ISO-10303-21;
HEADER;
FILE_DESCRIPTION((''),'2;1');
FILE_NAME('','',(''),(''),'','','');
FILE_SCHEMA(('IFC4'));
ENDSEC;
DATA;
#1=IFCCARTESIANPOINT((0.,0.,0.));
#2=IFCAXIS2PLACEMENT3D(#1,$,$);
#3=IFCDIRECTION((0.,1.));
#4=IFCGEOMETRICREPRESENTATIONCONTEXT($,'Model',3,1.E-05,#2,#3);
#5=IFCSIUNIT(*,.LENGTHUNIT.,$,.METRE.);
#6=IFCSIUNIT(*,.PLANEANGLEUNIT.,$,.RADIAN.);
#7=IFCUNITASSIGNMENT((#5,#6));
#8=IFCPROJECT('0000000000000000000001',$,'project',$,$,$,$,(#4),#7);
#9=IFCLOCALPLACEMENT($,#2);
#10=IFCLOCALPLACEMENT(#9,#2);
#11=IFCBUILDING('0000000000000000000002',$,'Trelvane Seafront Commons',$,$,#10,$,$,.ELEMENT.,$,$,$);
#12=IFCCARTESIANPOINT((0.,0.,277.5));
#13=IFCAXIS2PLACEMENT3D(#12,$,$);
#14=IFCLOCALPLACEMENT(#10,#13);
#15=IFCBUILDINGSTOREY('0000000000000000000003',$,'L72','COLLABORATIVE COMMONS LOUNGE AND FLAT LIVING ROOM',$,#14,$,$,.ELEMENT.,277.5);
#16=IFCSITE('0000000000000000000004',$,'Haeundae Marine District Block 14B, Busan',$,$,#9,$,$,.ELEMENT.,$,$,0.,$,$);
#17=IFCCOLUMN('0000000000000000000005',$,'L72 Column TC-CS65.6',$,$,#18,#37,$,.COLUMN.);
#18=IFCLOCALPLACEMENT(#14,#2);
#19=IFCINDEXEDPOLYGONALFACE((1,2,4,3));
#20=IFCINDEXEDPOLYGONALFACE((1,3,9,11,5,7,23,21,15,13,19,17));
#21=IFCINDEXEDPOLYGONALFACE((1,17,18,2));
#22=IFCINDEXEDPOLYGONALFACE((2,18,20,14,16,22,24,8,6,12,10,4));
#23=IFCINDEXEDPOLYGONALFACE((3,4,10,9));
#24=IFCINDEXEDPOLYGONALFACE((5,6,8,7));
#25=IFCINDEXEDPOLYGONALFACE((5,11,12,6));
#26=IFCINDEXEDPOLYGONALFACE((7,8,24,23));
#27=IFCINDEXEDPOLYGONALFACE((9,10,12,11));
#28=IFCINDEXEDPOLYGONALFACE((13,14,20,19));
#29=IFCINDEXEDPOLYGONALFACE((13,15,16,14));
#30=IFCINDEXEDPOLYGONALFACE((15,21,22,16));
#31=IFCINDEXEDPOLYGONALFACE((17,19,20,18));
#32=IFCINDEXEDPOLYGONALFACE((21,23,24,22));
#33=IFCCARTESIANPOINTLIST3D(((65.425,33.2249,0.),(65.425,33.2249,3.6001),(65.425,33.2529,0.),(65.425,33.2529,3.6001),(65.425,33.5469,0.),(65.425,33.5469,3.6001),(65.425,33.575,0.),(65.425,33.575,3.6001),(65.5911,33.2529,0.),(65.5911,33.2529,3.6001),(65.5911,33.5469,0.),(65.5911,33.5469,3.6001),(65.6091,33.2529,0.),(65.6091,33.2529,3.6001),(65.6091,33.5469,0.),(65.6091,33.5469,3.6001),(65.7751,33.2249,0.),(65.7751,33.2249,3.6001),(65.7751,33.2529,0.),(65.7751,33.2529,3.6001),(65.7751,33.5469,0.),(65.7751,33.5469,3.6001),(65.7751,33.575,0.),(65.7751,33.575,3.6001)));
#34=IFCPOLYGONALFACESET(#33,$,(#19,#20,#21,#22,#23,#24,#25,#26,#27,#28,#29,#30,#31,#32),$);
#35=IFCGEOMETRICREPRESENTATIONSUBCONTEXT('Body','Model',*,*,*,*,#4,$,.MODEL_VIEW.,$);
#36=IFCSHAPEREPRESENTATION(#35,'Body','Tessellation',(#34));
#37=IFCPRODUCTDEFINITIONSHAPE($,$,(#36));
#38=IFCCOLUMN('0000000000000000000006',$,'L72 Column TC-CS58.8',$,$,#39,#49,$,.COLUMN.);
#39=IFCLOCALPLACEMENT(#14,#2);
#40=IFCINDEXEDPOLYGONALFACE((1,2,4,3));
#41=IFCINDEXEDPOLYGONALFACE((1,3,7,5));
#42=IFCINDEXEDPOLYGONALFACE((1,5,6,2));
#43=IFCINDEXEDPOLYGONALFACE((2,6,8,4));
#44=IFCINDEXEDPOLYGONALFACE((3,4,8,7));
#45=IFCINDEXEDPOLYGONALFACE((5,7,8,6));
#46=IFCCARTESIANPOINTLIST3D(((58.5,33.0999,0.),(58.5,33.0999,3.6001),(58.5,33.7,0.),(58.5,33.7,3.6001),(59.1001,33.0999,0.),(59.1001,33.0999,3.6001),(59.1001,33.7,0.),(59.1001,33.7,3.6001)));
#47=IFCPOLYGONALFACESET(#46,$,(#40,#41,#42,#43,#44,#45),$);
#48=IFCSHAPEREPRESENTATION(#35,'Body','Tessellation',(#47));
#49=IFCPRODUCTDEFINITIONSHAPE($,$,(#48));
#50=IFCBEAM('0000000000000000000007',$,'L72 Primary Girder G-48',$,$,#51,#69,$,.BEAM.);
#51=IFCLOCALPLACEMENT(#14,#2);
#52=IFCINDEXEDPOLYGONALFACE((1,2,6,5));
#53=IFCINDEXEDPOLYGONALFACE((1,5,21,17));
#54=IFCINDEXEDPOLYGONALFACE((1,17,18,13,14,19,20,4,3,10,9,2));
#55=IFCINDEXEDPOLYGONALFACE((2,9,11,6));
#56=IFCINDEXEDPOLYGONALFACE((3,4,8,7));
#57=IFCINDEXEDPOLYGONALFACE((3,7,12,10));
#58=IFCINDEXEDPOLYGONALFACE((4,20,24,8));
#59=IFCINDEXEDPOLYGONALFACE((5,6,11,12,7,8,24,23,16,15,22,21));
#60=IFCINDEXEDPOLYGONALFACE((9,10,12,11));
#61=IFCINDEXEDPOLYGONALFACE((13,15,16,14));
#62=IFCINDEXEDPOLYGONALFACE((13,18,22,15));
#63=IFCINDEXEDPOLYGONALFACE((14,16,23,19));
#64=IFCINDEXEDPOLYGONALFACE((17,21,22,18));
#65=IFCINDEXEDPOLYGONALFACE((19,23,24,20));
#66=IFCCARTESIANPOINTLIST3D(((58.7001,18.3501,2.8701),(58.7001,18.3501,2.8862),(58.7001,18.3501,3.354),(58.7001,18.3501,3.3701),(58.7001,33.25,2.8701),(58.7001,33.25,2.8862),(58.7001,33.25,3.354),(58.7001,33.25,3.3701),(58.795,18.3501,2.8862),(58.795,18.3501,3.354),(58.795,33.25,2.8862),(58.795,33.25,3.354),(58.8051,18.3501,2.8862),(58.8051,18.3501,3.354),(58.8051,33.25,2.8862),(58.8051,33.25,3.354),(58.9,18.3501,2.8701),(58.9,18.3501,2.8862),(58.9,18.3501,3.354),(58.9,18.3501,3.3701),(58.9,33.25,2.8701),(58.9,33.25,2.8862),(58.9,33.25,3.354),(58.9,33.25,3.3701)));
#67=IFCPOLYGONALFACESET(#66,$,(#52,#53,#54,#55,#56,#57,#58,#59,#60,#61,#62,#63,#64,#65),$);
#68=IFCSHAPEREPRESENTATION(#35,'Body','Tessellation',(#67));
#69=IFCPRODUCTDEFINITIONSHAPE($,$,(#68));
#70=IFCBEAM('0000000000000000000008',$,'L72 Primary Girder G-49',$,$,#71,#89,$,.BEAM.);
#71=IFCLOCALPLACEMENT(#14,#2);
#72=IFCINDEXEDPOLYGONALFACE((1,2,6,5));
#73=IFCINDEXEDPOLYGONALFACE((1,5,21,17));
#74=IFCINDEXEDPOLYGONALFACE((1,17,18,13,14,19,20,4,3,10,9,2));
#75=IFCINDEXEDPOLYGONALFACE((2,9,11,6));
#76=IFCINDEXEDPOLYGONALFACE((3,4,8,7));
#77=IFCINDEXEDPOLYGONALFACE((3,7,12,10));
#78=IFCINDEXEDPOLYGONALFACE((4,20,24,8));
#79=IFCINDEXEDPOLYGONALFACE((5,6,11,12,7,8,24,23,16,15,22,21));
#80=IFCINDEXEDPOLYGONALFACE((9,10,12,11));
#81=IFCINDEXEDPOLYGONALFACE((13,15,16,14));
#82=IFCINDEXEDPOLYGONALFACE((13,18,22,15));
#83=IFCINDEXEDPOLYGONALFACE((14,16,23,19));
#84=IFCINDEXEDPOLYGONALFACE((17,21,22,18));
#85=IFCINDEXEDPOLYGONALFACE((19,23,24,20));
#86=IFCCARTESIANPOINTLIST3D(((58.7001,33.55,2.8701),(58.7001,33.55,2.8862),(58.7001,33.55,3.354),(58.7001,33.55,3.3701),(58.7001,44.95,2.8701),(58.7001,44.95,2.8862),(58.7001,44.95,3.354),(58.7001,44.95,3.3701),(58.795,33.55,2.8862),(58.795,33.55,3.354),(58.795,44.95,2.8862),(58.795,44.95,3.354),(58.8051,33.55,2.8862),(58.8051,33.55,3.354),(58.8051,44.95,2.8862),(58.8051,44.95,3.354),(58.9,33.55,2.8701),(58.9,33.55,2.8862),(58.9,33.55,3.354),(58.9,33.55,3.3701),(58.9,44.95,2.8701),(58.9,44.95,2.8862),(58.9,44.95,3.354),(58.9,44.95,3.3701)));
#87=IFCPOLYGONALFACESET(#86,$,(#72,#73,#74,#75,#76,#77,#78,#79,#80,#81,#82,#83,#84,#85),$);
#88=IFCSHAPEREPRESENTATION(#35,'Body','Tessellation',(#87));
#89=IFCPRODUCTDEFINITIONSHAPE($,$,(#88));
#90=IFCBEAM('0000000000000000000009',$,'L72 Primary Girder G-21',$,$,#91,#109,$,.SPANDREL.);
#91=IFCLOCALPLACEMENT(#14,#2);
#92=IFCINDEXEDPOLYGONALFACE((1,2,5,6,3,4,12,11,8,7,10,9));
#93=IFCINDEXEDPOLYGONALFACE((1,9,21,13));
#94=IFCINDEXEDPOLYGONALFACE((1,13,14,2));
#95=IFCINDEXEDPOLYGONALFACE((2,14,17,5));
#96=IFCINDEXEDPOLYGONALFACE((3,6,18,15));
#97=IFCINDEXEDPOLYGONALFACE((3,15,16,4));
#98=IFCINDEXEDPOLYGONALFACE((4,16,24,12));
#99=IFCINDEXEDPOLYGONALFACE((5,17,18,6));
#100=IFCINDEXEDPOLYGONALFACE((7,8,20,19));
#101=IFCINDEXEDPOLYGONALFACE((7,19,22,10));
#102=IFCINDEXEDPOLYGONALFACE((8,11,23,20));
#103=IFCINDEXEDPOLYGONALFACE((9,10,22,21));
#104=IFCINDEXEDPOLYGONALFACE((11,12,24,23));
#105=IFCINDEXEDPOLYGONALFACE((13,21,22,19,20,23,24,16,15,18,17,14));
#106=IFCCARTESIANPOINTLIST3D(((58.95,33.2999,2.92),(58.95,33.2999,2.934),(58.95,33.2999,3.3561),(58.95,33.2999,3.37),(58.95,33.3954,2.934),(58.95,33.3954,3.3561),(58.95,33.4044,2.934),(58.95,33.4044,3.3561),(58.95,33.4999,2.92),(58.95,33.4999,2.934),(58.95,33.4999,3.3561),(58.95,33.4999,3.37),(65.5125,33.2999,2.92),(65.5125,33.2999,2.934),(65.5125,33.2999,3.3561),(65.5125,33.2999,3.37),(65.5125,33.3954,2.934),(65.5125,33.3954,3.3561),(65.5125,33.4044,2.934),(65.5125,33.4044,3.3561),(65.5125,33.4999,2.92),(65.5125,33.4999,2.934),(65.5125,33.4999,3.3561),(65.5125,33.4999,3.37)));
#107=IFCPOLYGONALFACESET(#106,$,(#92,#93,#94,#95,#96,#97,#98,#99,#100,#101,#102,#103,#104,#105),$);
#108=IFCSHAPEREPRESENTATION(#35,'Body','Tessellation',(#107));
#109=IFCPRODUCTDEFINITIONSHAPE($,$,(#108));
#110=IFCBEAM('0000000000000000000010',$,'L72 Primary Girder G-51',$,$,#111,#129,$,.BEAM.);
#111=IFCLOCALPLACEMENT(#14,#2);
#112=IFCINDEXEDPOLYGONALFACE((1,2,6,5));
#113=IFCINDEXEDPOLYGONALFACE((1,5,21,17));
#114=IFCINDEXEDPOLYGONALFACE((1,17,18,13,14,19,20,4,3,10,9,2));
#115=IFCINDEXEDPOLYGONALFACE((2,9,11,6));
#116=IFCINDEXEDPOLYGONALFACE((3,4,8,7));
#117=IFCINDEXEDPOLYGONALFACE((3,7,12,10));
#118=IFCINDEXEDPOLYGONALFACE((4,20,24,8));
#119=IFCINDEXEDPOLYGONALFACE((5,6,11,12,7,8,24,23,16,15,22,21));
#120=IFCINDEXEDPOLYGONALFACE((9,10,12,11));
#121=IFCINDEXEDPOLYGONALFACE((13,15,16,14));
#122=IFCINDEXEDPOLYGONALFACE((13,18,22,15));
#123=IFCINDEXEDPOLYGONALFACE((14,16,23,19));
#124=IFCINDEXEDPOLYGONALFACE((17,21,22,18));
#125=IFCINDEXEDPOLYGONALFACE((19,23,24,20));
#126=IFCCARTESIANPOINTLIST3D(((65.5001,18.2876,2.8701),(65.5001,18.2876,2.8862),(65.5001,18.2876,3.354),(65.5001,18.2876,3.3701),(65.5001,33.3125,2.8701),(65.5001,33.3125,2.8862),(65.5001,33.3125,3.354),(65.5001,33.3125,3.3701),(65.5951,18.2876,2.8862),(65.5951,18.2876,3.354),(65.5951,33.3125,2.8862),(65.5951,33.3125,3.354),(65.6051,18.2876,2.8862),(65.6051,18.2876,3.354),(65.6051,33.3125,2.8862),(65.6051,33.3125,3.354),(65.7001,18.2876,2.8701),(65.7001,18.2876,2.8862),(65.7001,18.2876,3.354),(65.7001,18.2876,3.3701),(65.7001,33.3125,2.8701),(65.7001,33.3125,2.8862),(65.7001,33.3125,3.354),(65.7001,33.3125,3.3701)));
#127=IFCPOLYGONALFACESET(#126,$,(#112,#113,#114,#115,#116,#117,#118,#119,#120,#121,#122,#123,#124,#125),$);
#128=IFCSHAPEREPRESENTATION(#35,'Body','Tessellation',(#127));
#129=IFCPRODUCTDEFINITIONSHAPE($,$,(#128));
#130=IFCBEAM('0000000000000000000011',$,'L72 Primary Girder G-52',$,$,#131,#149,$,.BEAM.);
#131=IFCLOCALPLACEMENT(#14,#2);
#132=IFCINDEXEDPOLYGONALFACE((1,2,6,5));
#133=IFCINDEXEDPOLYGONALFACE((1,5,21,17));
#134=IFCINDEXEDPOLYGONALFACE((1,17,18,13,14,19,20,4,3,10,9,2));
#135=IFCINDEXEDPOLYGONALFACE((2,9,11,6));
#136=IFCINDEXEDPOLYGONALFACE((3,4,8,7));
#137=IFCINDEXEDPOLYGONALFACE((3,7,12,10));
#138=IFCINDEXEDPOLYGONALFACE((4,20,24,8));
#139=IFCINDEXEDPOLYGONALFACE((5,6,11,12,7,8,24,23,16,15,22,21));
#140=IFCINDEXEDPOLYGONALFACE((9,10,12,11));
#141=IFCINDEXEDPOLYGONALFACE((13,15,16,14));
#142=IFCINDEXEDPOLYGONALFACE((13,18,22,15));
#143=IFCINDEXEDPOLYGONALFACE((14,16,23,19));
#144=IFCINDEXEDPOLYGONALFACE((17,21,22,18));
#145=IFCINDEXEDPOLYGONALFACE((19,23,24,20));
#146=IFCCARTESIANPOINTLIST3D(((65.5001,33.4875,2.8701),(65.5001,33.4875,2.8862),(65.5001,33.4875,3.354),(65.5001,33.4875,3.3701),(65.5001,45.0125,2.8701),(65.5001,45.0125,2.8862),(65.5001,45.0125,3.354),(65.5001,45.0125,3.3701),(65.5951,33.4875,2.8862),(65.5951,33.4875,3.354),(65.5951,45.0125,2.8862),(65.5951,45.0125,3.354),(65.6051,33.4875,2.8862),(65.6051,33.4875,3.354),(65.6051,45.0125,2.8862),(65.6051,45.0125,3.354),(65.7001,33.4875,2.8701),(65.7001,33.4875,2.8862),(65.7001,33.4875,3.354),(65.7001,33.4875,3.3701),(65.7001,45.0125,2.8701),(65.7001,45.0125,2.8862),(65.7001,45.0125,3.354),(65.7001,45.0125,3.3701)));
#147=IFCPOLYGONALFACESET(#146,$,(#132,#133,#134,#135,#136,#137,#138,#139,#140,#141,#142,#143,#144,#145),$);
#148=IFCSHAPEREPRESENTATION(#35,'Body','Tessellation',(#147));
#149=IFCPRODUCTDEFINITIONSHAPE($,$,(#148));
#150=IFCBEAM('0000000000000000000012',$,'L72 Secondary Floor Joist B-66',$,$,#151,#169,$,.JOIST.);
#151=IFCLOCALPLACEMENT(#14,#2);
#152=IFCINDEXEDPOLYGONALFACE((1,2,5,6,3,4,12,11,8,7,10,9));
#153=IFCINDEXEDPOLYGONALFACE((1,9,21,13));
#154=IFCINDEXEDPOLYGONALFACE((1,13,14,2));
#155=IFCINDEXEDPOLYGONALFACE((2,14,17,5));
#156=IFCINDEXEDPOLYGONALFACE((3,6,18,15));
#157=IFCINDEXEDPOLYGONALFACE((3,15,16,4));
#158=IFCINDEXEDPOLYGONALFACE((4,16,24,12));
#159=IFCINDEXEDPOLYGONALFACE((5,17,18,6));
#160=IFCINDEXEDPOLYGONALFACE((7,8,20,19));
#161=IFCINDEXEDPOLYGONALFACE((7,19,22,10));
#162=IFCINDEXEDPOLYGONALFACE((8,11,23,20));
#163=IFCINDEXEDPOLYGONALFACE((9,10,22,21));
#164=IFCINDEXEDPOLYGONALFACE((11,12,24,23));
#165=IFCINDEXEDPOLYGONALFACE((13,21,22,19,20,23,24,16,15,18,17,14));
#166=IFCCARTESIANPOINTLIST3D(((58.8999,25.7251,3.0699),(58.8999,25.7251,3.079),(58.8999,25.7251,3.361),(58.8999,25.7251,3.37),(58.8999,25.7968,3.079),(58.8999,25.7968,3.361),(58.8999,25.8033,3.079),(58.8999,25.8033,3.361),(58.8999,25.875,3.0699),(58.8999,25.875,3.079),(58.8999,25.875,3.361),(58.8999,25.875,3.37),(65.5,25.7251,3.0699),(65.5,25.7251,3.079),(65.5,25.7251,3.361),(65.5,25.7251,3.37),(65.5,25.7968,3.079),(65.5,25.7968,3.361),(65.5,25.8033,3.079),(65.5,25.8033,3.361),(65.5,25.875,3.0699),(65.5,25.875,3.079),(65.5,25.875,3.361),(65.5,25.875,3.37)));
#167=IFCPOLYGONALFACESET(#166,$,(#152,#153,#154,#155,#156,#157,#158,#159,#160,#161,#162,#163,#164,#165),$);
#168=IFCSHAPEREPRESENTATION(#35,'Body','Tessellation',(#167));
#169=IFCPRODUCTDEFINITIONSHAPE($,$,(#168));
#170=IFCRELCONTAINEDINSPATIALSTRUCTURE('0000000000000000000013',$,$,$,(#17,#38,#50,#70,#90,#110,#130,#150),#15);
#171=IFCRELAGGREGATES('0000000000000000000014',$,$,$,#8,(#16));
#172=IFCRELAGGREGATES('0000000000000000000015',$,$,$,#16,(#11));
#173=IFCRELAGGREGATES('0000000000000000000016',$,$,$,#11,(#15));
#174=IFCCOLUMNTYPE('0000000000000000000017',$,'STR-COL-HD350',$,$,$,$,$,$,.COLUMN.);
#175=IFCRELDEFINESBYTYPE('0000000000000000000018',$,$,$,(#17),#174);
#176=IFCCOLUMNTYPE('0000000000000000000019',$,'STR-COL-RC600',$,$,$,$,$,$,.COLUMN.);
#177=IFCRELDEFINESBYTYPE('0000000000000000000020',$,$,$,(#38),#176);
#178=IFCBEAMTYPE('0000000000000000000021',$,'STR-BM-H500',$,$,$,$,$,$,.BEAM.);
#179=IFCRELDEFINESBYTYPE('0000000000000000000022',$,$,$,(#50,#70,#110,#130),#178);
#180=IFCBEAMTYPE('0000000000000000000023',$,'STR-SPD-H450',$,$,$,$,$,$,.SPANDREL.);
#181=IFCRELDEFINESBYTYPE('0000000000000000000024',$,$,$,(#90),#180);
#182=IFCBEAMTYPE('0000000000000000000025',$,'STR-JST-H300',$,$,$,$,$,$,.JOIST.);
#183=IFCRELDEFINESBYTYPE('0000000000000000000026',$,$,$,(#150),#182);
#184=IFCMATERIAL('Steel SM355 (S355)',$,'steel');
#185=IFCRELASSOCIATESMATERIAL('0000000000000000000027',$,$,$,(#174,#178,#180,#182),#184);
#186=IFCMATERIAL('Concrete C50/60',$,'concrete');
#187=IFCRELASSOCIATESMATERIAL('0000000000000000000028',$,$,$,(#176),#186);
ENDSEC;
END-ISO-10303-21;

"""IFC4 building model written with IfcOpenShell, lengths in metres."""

from ifc_helpers import new_model, si_unit, direction, frame, origin, origin_2d, place, context, subcontext, project, spatial, rectangle, i_section, extrude, source, transform, mapped, material, material_profile, profile_set, type_object, element, save


model = new_model("IFC4")

# Units and contexts
model_context = context("Model", 3, precision=1e-05, world=origin(), true_north=direction((0.0, 1.0)))
body_context = subcontext(model_context, "Body", "Model", "MODEL_VIEW")
ifc_project = project(units=[si_unit("LENGTHUNIT", "METRE"), si_unit("PLANEANGLEUNIT", "RADIAN")], contexts=[model_context])

# Site, building, storey
site_placement = place(None, origin())
site = spatial("IfcSite", under=ifc_project, at=site_placement, Name="Haeundae Marine District Block 14B, Busan", CompositionType="ELEMENT", RefElevation=0.0)
building_placement = place(site_placement, origin())
building = spatial("IfcBuilding", under=site, at=building_placement, Name="Trelvane Seafront Commons", CompositionType="ELEMENT")
storey_placement = place(building_placement, frame((0.0, 0.0, 277.5)))
storey = spatial("IfcBuildingStorey", under=building, at=storey_placement, Name="L72", Description="COLLABORATIVE COMMONS LOUNGE AND FLAT LIVING ROOM", CompositionType="ELEMENT", Elevation=277.5)

# Columns
ifc_material_1 = material(Name="Steel SM355 (S355)", Category="steel")
ifc_material_profile_1 = material_profile(ifc_material_1, i_section(OverallWidth=0.3501, OverallDepth=0.3501, WebThickness=0.0181, FlangeThickness=0.0281, at=origin_2d()), Name="HD-350x350x18x28")
ifc_profile_set_1 = profile_set([ifc_material_profile_1], Name="Steel SM355 (S355)")
column_type_1 = type_object("IfcColumnType", Name="STR-COL-HD350", PredefinedType="COLUMN", material=ifc_profile_set_1)
shared_shape_1 = source(origin(), body_context, "Body", "SweptSolid", [
    extrude(i_section(OverallWidth=0.3501, OverallDepth=0.3501, WebThickness=0.0181, FlangeThickness=0.0281, at=origin_2d()), origin(), (0.0, 0.0, 1.0), 3.6001),
])
column_1_placement = place(storey_placement, frame((65.6001, 33.3999, 0.0), z_axis=(0.0, 0.0, 1.0), x_axis=(1.0, 0.0, 0.0)))
element("IfcColumn", 1, at=column_1_placement, inside=storey, type_object=column_type_1, Name="L72 Column TC-CS65.6", PredefinedType="COLUMN", context=body_context, shape_type="MappedRepresentation", body=[
    mapped(shared_shape_1, transform((0.0, 0.0, 0.0), x_axis=(1.0, 0.0, 0.0), y_axis=(0.0, 1.0, 0.0), z_axis=(0.0, 0.0, 1.0), scale=1.0)),
])
ifc_material_2 = material(Name="Concrete C50/60", Category="concrete")
ifc_material_profile_2 = material_profile(ifc_material_2, rectangle(XDim=0.6001, YDim=0.6001, at=origin_2d()), Name="RC-600x600")
ifc_profile_set_2 = profile_set([ifc_material_profile_2], Name="Concrete C50/60")
column_type_2 = type_object("IfcColumnType", Name="STR-COL-RC600", PredefinedType="COLUMN", material=ifc_profile_set_2)
shared_shape_2 = source(origin(), body_context, "Body", "SweptSolid", [
    extrude(rectangle(XDim=0.6001, YDim=0.6001, at=origin_2d()), origin(), (0.0, 0.0, 1.0), 3.6001),
])
column_2_placement = place(storey_placement, frame((58.8, 33.3999, 0.0), z_axis=(0.0, 0.0, 1.0), x_axis=(1.0, 0.0, 0.0)))
element("IfcColumn", 2, at=column_2_placement, inside=storey, type_object=column_type_2, Name="L72 Column TC-CS58.8", PredefinedType="COLUMN", context=body_context, shape_type="MappedRepresentation", body=[
    mapped(shared_shape_2, transform((0.0, 0.0, 0.0), x_axis=(1.0, 0.0, 0.0), y_axis=(0.0, 1.0, 0.0), z_axis=(0.0, 0.0, 1.0), scale=1.0)),
])

# Beams
ifc_material_profile_3 = material_profile(ifc_material_1, i_section(OverallWidth=0.2, OverallDepth=0.5, WebThickness=0.01, FlangeThickness=0.0161, at=origin_2d()), Name="H-500x200x10x16")
ifc_profile_set_3 = profile_set([ifc_material_profile_3], Name="Steel SM355 (S355)")
beam_type_1 = type_object("IfcBeamType", Name="STR-BM-H500", PredefinedType="BEAM", material=ifc_profile_set_3)
shared_shape_3 = source(origin(), body_context, "Body", "SweptSolid", [
    extrude(i_section(OverallWidth=0.2, OverallDepth=0.5, WebThickness=0.01, FlangeThickness=0.0161, at=origin_2d()), origin(), (0.0, 0.0, 1.0), 14.8999),
])
beam_1_placement = place(storey_placement, frame((58.8, 18.3501, 3.1201), z_axis=(0.0, 1.0, 0.0), x_axis=(-1.0, 0.0, 0.0)))
element("IfcBeam", 3, at=beam_1_placement, inside=storey, type_object=beam_type_1, Name="L72 Primary Girder G-48", PredefinedType="BEAM", context=body_context, shape_type="MappedRepresentation", body=[
    mapped(shared_shape_3, transform((0.0, 0.0, 0.0), x_axis=(1.0, 0.0, 0.0), y_axis=(0.0, 1.0, 0.0), z_axis=(0.0, 0.0, 1.0), scale=1.0)),
])
shared_shape_4 = source(origin(), body_context, "Body", "SweptSolid", [
    extrude(i_section(OverallWidth=0.2, OverallDepth=0.5, WebThickness=0.01, FlangeThickness=0.0161, at=origin_2d()), origin(), (0.0, 0.0, 1.0), 11.3999),
])
beam_2_placement = place(storey_placement, frame((58.8, 33.55, 3.1201), z_axis=(0.0, 1.0, 0.0), x_axis=(-1.0, 0.0, 0.0)))
element("IfcBeam", 4, at=beam_2_placement, inside=storey, type_object=beam_type_1, Name="L72 Primary Girder G-49", PredefinedType="BEAM", context=body_context, shape_type="MappedRepresentation", body=[
    mapped(shared_shape_4, transform((0.0, 0.0, 0.0), x_axis=(1.0, 0.0, 0.0), y_axis=(0.0, 1.0, 0.0), z_axis=(0.0, 0.0, 1.0), scale=1.0)),
])
ifc_material_profile_4 = material_profile(ifc_material_1, i_section(OverallWidth=0.2, OverallDepth=0.45, WebThickness=0.009, FlangeThickness=0.0139, at=origin_2d()), Name="H-450x200x9x14")
ifc_profile_set_4 = profile_set([ifc_material_profile_4], Name="Steel SM355 (S355)")
beam_type_2 = type_object("IfcBeamType", Name="STR-SPD-H450", PredefinedType="SPANDREL", material=ifc_profile_set_4)
shared_shape_5 = source(origin(), body_context, "Body", "SweptSolid", [
    extrude(i_section(OverallWidth=0.2, OverallDepth=0.45, WebThickness=0.009, FlangeThickness=0.0139, at=origin_2d()), origin(), (0.0, 0.0, 1.0), 6.5625),
])
beam_3_placement = place(storey_placement, frame((58.95, 33.3999, 3.145), z_axis=(1.0, 0.0, 0.0), x_axis=(0.0, 1.0, 0.0)))
element("IfcBeam", 5, at=beam_3_placement, inside=storey, type_object=beam_type_2, Name="L72 Primary Girder G-21", PredefinedType="SPANDREL", context=body_context, shape_type="MappedRepresentation", body=[
    mapped(shared_shape_5, transform((0.0, 0.0, 0.0), x_axis=(1.0, 0.0, 0.0), y_axis=(0.0, 1.0, 0.0), z_axis=(0.0, 0.0, 1.0), scale=1.0)),
])
shared_shape_6 = source(origin(), body_context, "Body", "SweptSolid", [
    extrude(i_section(OverallWidth=0.2, OverallDepth=0.5, WebThickness=0.01, FlangeThickness=0.0161, at=origin_2d()), origin(), (0.0, 0.0, 1.0), 15.0249),
])
beam_4_placement = place(storey_placement, frame((65.6001, 18.2876, 3.1201), z_axis=(0.0, 1.0, 0.0), x_axis=(-1.0, 0.0, 0.0)))
element("IfcBeam", 6, at=beam_4_placement, inside=storey, type_object=beam_type_1, Name="L72 Primary Girder G-51", PredefinedType="BEAM", context=body_context, shape_type="MappedRepresentation", body=[
    mapped(shared_shape_6, transform((0.0, 0.0, 0.0), x_axis=(1.0, 0.0, 0.0), y_axis=(0.0, 1.0, 0.0), z_axis=(0.0, 0.0, 1.0), scale=1.0)),
])
shared_shape_7 = source(origin(), body_context, "Body", "SweptSolid", [
    extrude(i_section(OverallWidth=0.2, OverallDepth=0.5, WebThickness=0.01, FlangeThickness=0.0161, at=origin_2d()), origin(), (0.0, 0.0, 1.0), 11.5249),
])
beam_5_placement = place(storey_placement, frame((65.6001, 33.4875, 3.1201), z_axis=(0.0, 1.0, 0.0), x_axis=(-1.0, 0.0, 0.0)))
element("IfcBeam", 7, at=beam_5_placement, inside=storey, type_object=beam_type_1, Name="L72 Primary Girder G-52", PredefinedType="BEAM", context=body_context, shape_type="MappedRepresentation", body=[
    mapped(shared_shape_7, transform((0.0, 0.0, 0.0), x_axis=(1.0, 0.0, 0.0), y_axis=(0.0, 1.0, 0.0), z_axis=(0.0, 0.0, 1.0), scale=1.0)),
])
ifc_material_profile_5 = material_profile(ifc_material_1, i_section(OverallWidth=0.1499, OverallDepth=0.3, WebThickness=0.0066, FlangeThickness=0.009, at=origin_2d()), Name="H-300x150x6.5x9")
ifc_profile_set_5 = profile_set([ifc_material_profile_5], Name="Steel SM355 (S355)")
beam_type_3 = type_object("IfcBeamType", Name="STR-JST-H300", PredefinedType="JOIST", material=ifc_profile_set_5)
shared_shape_8 = source(origin(), body_context, "Body", "SweptSolid", [
    extrude(i_section(OverallWidth=0.1499, OverallDepth=0.3, WebThickness=0.0066, FlangeThickness=0.009, at=origin_2d()), origin(), (0.0, 0.0, 1.0), 6.6001),
])
beam_6_placement = place(storey_placement, frame((58.8999, 25.8, 3.22), z_axis=(1.0, 0.0, 0.0), x_axis=(0.0, 1.0, 0.0)))
element("IfcBeam", 8, at=beam_6_placement, inside=storey, type_object=beam_type_3, Name="L72 Secondary Floor Joist B-66", PredefinedType="JOIST", context=body_context, shape_type="MappedRepresentation", body=[
    mapped(shared_shape_8, transform((0.0, 0.0, 0.0), x_axis=(1.0, 0.0, 0.0), y_axis=(0.0, 1.0, 0.0), z_axis=(0.0, 0.0, 1.0), scale=1.0)),
])

save(model, "model.ifc")
